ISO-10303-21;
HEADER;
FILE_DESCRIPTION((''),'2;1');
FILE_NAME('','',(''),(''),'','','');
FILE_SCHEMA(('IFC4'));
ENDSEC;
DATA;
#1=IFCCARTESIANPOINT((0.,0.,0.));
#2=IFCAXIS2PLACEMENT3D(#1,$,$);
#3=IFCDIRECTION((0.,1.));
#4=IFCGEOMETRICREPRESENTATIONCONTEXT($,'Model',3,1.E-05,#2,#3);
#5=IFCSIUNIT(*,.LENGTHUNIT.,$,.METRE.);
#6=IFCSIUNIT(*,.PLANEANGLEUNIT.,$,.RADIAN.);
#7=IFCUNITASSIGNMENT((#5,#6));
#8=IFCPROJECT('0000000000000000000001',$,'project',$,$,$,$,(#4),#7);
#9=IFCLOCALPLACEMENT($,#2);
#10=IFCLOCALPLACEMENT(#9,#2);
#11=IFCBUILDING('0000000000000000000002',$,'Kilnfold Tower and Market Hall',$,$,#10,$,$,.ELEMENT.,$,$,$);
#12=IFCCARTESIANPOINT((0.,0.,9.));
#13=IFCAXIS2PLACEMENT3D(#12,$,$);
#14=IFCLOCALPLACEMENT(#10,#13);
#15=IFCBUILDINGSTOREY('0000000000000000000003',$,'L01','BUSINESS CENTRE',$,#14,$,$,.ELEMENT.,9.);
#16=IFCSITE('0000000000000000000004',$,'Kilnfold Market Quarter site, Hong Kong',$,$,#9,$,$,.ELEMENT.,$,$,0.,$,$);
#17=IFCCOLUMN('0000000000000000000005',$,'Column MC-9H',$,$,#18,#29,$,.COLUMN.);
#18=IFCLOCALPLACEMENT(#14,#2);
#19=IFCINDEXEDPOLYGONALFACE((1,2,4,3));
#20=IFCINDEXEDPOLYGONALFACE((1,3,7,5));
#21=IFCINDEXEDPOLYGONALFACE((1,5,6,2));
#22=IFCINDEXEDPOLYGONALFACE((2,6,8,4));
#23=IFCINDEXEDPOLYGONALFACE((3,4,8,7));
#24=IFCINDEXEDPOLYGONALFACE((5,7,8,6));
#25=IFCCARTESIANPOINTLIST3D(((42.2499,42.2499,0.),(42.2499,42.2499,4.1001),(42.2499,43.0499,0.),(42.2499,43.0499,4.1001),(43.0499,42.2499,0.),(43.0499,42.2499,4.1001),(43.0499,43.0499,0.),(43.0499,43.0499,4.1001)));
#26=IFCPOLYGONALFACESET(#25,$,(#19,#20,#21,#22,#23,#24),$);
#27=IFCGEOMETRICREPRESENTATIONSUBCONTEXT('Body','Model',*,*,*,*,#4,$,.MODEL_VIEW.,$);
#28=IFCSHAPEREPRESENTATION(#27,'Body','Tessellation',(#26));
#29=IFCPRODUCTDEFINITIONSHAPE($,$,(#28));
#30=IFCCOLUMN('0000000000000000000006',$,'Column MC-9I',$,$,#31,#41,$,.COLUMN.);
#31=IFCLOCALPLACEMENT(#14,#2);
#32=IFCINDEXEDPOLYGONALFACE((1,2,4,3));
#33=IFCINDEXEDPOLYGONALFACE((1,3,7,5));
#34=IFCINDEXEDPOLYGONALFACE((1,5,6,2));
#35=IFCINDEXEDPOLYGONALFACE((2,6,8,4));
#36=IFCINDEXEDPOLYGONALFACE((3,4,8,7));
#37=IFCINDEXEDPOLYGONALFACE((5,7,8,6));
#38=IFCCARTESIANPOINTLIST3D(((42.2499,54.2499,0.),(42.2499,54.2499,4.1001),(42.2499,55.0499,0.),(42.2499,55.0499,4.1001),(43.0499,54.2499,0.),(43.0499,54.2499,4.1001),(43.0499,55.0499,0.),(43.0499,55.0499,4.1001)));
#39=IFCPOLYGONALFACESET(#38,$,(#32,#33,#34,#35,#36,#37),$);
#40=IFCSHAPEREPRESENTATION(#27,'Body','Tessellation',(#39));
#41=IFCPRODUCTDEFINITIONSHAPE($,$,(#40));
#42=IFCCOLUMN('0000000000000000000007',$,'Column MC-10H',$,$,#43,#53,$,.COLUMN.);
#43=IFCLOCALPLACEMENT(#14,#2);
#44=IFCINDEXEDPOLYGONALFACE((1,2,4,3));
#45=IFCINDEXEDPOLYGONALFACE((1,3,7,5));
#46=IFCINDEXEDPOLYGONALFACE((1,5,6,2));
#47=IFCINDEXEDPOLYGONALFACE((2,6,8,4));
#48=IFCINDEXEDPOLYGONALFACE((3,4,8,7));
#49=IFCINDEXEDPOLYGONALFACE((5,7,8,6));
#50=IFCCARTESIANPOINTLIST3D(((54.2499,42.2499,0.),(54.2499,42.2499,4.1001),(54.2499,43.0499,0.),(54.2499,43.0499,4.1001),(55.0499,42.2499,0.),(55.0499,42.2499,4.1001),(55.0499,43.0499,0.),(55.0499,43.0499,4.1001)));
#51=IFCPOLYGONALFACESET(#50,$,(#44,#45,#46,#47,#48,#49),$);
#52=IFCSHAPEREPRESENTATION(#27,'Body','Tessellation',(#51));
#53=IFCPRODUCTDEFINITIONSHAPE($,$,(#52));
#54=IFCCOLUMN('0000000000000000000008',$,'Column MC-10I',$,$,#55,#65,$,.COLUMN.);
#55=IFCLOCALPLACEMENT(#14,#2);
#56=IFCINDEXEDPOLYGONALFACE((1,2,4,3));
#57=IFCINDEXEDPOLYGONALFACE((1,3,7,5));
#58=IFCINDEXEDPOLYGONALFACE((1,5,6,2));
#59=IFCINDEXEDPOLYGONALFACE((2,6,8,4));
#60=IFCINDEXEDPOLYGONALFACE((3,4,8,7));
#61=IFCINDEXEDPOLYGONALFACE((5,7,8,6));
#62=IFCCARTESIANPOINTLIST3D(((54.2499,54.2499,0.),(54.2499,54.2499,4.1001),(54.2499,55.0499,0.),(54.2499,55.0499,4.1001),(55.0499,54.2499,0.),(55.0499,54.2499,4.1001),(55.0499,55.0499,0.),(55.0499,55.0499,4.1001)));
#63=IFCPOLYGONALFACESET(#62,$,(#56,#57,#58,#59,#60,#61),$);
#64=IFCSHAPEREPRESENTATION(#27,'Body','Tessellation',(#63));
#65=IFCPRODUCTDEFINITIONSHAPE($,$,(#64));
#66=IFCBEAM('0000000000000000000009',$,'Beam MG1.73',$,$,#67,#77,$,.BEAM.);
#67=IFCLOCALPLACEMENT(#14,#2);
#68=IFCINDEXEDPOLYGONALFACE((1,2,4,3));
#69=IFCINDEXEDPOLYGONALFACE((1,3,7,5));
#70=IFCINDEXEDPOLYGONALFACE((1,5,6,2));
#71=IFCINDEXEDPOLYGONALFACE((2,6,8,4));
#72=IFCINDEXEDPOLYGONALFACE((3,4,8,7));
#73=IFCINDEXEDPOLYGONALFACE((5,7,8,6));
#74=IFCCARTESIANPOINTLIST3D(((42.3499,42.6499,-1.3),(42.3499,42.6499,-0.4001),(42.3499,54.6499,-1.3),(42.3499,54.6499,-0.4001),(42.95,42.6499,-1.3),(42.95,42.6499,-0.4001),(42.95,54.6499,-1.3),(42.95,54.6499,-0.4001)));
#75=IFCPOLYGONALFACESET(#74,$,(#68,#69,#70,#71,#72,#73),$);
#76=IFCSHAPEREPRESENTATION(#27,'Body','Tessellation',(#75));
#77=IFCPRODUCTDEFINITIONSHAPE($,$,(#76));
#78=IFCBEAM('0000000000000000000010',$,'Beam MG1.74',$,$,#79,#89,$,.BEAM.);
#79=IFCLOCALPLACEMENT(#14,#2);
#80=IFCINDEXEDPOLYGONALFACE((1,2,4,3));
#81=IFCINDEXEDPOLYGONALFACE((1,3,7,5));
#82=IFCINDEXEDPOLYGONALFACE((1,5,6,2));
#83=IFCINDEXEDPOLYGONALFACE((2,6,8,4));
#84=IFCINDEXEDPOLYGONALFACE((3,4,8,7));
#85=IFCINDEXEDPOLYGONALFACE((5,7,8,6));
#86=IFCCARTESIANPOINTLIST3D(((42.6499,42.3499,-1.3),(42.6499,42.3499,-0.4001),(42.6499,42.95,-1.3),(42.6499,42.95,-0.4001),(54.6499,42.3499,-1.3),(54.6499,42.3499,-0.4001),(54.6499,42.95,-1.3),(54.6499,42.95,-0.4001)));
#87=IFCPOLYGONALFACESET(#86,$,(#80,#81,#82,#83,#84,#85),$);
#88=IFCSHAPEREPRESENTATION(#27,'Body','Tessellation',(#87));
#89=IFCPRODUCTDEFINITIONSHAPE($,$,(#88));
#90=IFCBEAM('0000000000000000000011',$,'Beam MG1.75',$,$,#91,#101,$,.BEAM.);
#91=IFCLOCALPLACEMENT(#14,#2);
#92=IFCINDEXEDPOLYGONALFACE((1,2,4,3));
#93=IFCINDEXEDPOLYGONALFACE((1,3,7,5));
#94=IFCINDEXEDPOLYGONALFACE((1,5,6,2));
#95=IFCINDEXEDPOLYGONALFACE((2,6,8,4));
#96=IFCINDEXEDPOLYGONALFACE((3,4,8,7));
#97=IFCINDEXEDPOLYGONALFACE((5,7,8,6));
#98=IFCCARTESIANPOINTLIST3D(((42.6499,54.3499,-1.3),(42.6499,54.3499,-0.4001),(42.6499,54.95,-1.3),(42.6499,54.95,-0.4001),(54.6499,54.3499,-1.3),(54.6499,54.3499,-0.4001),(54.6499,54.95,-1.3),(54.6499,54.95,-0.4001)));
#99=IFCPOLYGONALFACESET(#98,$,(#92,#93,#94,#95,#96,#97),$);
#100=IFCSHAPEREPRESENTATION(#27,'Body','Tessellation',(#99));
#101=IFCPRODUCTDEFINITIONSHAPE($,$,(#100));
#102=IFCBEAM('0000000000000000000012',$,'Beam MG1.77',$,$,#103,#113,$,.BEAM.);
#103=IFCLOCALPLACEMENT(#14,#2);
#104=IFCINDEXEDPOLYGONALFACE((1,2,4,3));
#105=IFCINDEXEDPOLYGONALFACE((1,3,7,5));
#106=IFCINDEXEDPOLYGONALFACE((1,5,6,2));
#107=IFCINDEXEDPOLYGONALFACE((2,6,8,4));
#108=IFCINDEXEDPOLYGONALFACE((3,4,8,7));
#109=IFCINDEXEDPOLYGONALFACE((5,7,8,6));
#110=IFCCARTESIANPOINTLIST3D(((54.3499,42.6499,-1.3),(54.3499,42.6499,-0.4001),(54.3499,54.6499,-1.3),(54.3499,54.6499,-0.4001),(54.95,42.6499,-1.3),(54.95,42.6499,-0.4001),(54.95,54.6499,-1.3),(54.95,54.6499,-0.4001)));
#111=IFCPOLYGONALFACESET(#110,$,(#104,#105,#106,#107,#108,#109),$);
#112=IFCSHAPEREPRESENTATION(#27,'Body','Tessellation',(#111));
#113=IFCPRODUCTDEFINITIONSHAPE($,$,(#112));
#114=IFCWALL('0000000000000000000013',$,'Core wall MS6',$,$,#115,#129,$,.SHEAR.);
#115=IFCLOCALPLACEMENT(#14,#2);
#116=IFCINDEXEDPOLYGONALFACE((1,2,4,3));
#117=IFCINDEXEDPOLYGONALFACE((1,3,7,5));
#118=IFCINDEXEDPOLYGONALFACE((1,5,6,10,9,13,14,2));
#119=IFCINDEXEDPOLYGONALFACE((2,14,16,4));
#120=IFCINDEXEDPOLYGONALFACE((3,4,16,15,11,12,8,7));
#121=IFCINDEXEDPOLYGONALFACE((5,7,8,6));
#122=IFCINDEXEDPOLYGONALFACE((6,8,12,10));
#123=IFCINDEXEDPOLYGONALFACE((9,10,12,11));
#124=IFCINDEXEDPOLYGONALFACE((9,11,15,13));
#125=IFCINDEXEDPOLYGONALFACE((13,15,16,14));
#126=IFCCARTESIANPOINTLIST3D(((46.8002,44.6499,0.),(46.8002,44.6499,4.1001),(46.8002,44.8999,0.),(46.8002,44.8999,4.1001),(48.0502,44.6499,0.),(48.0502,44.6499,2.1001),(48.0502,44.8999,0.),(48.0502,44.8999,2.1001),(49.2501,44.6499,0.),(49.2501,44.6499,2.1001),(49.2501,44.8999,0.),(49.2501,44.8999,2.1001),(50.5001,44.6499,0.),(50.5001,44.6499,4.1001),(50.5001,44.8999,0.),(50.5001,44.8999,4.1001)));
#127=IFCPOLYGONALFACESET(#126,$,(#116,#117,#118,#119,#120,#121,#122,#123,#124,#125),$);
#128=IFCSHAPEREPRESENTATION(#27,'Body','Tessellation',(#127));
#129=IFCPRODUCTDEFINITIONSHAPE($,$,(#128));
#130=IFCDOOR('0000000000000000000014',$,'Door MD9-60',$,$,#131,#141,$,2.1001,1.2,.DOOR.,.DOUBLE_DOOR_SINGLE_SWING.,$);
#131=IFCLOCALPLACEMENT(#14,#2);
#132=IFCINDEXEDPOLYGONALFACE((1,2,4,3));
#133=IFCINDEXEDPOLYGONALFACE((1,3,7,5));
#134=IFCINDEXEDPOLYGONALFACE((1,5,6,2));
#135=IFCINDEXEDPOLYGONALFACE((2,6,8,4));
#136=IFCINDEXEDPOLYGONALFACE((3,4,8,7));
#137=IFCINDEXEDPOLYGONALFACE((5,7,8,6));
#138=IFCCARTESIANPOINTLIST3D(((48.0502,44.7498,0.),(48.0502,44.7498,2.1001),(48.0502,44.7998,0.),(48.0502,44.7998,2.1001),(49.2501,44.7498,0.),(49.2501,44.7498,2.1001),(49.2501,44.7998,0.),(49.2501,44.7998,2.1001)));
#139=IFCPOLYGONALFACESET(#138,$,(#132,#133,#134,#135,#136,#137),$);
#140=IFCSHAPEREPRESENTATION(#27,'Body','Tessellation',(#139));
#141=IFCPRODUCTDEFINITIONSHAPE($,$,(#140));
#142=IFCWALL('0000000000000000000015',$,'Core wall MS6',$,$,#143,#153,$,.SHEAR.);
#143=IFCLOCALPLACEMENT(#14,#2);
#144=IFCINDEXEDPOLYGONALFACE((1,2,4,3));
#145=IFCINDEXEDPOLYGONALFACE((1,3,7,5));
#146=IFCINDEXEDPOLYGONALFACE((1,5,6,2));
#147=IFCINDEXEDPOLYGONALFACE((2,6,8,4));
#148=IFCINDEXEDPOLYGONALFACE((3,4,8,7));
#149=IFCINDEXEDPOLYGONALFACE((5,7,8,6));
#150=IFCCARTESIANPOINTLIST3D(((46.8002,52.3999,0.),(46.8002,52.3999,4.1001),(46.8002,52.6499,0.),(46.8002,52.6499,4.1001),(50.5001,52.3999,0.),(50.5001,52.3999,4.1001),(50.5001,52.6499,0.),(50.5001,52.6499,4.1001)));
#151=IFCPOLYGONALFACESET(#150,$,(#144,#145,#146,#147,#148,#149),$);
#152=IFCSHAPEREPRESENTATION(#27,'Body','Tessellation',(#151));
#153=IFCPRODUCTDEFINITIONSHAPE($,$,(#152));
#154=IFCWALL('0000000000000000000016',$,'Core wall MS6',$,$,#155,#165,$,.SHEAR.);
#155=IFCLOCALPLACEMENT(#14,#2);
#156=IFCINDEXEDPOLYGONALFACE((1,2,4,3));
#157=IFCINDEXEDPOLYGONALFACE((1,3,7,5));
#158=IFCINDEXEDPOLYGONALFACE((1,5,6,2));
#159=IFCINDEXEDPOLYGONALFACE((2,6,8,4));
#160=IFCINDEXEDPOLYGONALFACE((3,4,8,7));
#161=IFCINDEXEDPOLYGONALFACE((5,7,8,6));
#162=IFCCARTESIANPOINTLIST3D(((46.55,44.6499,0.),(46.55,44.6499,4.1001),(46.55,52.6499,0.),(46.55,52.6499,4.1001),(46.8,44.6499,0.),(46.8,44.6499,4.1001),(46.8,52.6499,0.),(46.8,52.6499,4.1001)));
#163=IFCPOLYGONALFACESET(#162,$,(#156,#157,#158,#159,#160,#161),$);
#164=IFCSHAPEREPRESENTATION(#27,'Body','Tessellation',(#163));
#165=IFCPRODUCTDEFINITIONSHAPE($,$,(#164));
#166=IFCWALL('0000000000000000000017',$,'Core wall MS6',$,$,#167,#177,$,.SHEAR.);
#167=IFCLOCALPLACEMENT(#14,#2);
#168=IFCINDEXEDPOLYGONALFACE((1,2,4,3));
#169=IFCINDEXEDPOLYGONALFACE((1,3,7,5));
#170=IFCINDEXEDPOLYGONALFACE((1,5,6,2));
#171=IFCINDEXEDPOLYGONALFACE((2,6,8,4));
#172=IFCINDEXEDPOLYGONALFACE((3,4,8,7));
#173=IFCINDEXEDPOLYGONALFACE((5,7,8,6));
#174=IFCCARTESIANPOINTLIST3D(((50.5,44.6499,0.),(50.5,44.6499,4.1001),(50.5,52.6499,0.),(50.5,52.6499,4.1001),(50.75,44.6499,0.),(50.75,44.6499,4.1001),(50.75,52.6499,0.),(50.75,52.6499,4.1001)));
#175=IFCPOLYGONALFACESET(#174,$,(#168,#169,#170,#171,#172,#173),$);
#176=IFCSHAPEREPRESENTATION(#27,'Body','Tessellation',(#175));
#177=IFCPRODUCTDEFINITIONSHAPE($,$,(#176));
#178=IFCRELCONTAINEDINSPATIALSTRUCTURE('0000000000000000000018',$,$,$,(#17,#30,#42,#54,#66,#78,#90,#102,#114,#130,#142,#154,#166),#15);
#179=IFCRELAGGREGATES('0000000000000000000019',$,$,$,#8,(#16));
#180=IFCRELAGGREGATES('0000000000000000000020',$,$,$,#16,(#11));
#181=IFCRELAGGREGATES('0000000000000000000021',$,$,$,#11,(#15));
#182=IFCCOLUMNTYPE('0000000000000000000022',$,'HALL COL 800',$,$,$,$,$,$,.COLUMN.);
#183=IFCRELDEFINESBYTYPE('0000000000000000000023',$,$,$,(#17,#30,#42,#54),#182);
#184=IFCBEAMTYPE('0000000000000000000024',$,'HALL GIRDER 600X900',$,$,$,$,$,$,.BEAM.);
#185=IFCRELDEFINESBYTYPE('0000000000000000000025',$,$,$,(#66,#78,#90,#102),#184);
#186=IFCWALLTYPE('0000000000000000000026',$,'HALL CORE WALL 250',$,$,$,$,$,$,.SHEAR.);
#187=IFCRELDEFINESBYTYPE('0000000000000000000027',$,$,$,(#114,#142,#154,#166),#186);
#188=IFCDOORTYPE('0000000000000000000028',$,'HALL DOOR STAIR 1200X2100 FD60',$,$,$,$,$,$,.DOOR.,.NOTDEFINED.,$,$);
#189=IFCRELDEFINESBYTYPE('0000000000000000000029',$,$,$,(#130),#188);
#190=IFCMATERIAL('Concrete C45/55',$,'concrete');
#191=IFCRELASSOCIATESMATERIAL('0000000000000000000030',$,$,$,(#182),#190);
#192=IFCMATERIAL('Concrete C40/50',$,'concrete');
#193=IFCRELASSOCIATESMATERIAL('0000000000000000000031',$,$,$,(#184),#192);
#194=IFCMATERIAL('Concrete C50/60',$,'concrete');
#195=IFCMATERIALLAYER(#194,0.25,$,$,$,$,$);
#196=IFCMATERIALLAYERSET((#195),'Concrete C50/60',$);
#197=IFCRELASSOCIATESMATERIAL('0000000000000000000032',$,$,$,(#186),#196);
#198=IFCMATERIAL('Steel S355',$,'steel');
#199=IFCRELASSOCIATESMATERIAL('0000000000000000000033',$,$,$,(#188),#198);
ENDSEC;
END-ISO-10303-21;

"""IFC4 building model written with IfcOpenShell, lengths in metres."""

from ifc_helpers import new_model, si_unit, direction, frame, frame_2d, origin, origin_2d, place, context, subcontext, project, spatial, rectangle, extrude, source, transform, mapped, material, layer, layer_set, material_profile, profile_set, type_object, element, fill, save


model = new_model("IFC4")

# Units and contexts
model_context = context("Model", 3, precision=1e-05, world=origin(), true_north=direction((0.0, 1.0)))
body_context = subcontext(model_context, "Body", "Model", "MODEL_VIEW")
ifc_project = project(units=[si_unit("LENGTHUNIT", "METRE"), si_unit("PLANEANGLEUNIT", "RADIAN")], contexts=[model_context])

# Site, building, storey
site_placement = place(None, origin())
site = spatial("IfcSite", under=ifc_project, at=site_placement, Name="Kilnfold Market Quarter site, Hong Kong", CompositionType="ELEMENT", RefElevation=0.0)
building_placement = place(site_placement, origin())
building = spatial("IfcBuilding", under=site, at=building_placement, Name="Kilnfold Tower and Market Hall", CompositionType="ELEMENT")
storey_placement = place(building_placement, frame((0.0, 0.0, 9.0)))
storey = spatial("IfcBuildingStorey", under=building, at=storey_placement, Name="L01", Description="BUSINESS CENTRE", CompositionType="ELEMENT", Elevation=9.0)

# Columns
ifc_material_1 = material(Name="Concrete C45/55", Category="concrete")
ifc_material_profile_1 = material_profile(ifc_material_1, rectangle(XDim=0.8, YDim=0.8, at=origin_2d()), Name="RC 800x800")
ifc_profile_set_1 = profile_set([ifc_material_profile_1], Name="Concrete C45/55")
column_type = type_object("IfcColumnType", Name="HALL COL 800", PredefinedType="COLUMN", material=ifc_profile_set_1)
shared_shape_1 = source(origin(), body_context, "Body", "SweptSolid", [
    extrude(rectangle(XDim=0.8, YDim=0.8, at=origin_2d()), origin(), (0.0, 0.0, 1.0), 4.1001),
])
for number, where, z_axis, x_axis, name in (
    (1, (42.6499, 42.6499, 0.0), (0.0, 0.0, 1.0), (1.0, 0.0, 0.0), "Column MC-9H"),
    (2, (42.6499, 54.6499, 0.0), (0.0, 0.0, 1.0), (1.0, 0.0, 0.0), "Column MC-9I"),
    (3, (54.6499, 42.6499, 0.0), (0.0, 0.0, 1.0), (1.0, 0.0, 0.0), "Column MC-10H"),
    (4, (54.6499, 54.6499, 0.0), (0.0, 0.0, 1.0), (1.0, 0.0, 0.0), "Column MC-10I"),
):
    element("IfcColumn", number, at=place(storey_placement, frame(where, z_axis=z_axis, x_axis=x_axis)), inside=storey, type_object=column_type, Name=name, PredefinedType="COLUMN", context=body_context, shape_type="MappedRepresentation", body=[
        mapped(shared_shape_1, transform((0.0, 0.0, 0.0))),
    ])

# Beams
ifc_material_2 = material(Name="Concrete C40/50", Category="concrete")
ifc_material_profile_2 = material_profile(ifc_material_2, rectangle(XDim=0.6001, YDim=0.8999, at=origin_2d()), Name="RC 600x900")
ifc_profile_set_2 = profile_set([ifc_material_profile_2], Name="Concrete C40/50")
beam_type = type_object("IfcBeamType", Name="HALL GIRDER 600X900", PredefinedType="BEAM", material=ifc_profile_set_2)
for number, where, z_axis, x_axis, name in (
    (5, (42.6499, 42.6499, -0.8501), (0.0, 1.0, 0.0), (-1.0, 0.0, 0.0), "Beam MG1.73"),
    (6, (42.6499, 42.6499, -0.8501), (1.0, 0.0, 0.0), (0.0, 1.0, 0.0), "Beam MG1.74"),
    (7, (42.6499, 54.6499, -0.8501), (1.0, 0.0, 0.0), (0.0, 1.0, 0.0), "Beam MG1.75"),
    (8, (54.6499, 42.6499, -0.8501), (0.0, 1.0, 0.0), (-1.0, 0.0, 0.0), "Beam MG1.77"),
):
    element("IfcBeam", number, at=place(storey_placement, frame(where, z_axis=z_axis, x_axis=x_axis)), inside=storey, type_object=beam_type, Name=name, PredefinedType="BEAM", context=body_context, shape_type="SweptSolid", body=[
        extrude(rectangle(XDim=0.6001, YDim=0.8999, at=origin_2d()), origin(), (0.0, 0.0, 1.0), 12.0),
    ])

# Wall, opening, door
ifc_material_3 = material(Name="Concrete C50/60", Category="concrete")
ifc_layer_1 = layer(ifc_material_3, 0.25)
ifc_layer_set_1 = layer_set([ifc_layer_1], Name="Concrete C50/60")
wall_type_1 = type_object("IfcWallType", Name="HALL CORE WALL 250", PredefinedType="SHEAR", material=ifc_layer_set_1)
shared_shape_2 = source(origin(), body_context, "Body", "SweptSolid", [
    extrude(rectangle(XDim=3.7, YDim=0.25, at=frame_2d((1.8501, 0.0))), origin(), (0.0, 0.0, 1.0), 4.1001),
])
wall_1_placement = place(storey_placement, frame((46.8, 44.7749, 0.0), z_axis=(0.0, 0.0, 1.0), x_axis=(1.0, 0.0, 0.0)))
wall_1 = element("IfcWall", 9, at=wall_1_placement, inside=storey, type_object=wall_type_1, Name="Core wall MS6", PredefinedType="SHEAR", context=body_context, shape_type="MappedRepresentation", body=[
    mapped(shared_shape_2, transform((0.0, 0.0, 0.0))),
])
opening_1_placement = place(wall_1_placement, frame((1.25, 0.0, 0.0)))
opening_1 = element("IfcOpeningElement", 10, at=opening_1_placement, cuts=wall_1, PredefinedType="OPENING", context=body_context, shape_type="SweptSolid", body=[
    extrude(rectangle(XDim=1.2, YDim=2.1001, at=frame_2d((0.6001, 1.05))), frame((0.0, 0.135, 0.0), z_axis=(0.0, -1.0, 0.0), x_axis=(1.0, 0.0, 0.0)), (0.0, 0.0, 1.0), 0.27),
])
ifc_material_4 = material(Name="Steel S355", Category="steel")
door_type_1 = type_object("IfcDoorType", Name="HALL DOOR STAIR 1200X2100 FD60", OperationType="NOTDEFINED", PredefinedType="DOOR", material=ifc_material_4)
door_1_placement = place(opening_1_placement, origin())
door_1 = element("IfcDoor", 11, at=door_1_placement, inside=storey, type_object=door_type_1, Name="Door MD9-60", OperationType="DOUBLE_DOOR_SINGLE_SWING", OverallHeight=2.1001, OverallWidth=1.2, PredefinedType="DOOR", context=body_context, shape_type="SweptSolid", body=[
    extrude(rectangle(XDim=1.2, YDim=2.1001, at=frame_2d((0.6001, 1.05))), frame((0.0, 0.0249, 0.0), z_axis=(0.0, -1.0, 0.0), x_axis=(1.0, 0.0, 0.0)), (0.0, 0.0, 1.0), 0.05),
])
fill(opening_1, door_1)

# Walls
wall_2_placement = place(storey_placement, frame((46.8, 52.5249, 0.0), z_axis=(0.0, 0.0, 1.0), x_axis=(1.0, 0.0, 0.0)))
element("IfcWall", 12, at=wall_2_placement, inside=storey, type_object=wall_type_1, Name="Core wall MS6", PredefinedType="SHEAR", context=body_context, shape_type="MappedRepresentation", body=[
    mapped(shared_shape_2, transform((0.0, 0.0, 0.0))),
])
shared_shape_3 = source(origin(), body_context, "Body", "SweptSolid", [
    extrude(rectangle(XDim=8.0, YDim=0.25, at=frame_2d((4.0, 0.0))), origin(), (0.0, 0.0, 1.0), 4.1001),
])
for number, where, z_axis, x_axis, name in (
    (13, (46.675, 44.6499, 0.0), (0.0, 0.0, 1.0), (0.0, 1.0, 0.0), "Core wall MS6"),
    (14, (50.625, 44.6499, 0.0), (0.0, 0.0, 1.0), (0.0, 1.0, 0.0), "Core wall MS6"),
):
    element("IfcWall", number, at=place(storey_placement, frame(where, z_axis=z_axis, x_axis=x_axis)), inside=storey, type_object=wall_type_1, Name=name, PredefinedType="SHEAR", context=body_context, shape_type="MappedRepresentation", body=[
        mapped(shared_shape_3, transform((0.0, 0.0, 0.0))),
    ])

save(model, "model.ifc")
